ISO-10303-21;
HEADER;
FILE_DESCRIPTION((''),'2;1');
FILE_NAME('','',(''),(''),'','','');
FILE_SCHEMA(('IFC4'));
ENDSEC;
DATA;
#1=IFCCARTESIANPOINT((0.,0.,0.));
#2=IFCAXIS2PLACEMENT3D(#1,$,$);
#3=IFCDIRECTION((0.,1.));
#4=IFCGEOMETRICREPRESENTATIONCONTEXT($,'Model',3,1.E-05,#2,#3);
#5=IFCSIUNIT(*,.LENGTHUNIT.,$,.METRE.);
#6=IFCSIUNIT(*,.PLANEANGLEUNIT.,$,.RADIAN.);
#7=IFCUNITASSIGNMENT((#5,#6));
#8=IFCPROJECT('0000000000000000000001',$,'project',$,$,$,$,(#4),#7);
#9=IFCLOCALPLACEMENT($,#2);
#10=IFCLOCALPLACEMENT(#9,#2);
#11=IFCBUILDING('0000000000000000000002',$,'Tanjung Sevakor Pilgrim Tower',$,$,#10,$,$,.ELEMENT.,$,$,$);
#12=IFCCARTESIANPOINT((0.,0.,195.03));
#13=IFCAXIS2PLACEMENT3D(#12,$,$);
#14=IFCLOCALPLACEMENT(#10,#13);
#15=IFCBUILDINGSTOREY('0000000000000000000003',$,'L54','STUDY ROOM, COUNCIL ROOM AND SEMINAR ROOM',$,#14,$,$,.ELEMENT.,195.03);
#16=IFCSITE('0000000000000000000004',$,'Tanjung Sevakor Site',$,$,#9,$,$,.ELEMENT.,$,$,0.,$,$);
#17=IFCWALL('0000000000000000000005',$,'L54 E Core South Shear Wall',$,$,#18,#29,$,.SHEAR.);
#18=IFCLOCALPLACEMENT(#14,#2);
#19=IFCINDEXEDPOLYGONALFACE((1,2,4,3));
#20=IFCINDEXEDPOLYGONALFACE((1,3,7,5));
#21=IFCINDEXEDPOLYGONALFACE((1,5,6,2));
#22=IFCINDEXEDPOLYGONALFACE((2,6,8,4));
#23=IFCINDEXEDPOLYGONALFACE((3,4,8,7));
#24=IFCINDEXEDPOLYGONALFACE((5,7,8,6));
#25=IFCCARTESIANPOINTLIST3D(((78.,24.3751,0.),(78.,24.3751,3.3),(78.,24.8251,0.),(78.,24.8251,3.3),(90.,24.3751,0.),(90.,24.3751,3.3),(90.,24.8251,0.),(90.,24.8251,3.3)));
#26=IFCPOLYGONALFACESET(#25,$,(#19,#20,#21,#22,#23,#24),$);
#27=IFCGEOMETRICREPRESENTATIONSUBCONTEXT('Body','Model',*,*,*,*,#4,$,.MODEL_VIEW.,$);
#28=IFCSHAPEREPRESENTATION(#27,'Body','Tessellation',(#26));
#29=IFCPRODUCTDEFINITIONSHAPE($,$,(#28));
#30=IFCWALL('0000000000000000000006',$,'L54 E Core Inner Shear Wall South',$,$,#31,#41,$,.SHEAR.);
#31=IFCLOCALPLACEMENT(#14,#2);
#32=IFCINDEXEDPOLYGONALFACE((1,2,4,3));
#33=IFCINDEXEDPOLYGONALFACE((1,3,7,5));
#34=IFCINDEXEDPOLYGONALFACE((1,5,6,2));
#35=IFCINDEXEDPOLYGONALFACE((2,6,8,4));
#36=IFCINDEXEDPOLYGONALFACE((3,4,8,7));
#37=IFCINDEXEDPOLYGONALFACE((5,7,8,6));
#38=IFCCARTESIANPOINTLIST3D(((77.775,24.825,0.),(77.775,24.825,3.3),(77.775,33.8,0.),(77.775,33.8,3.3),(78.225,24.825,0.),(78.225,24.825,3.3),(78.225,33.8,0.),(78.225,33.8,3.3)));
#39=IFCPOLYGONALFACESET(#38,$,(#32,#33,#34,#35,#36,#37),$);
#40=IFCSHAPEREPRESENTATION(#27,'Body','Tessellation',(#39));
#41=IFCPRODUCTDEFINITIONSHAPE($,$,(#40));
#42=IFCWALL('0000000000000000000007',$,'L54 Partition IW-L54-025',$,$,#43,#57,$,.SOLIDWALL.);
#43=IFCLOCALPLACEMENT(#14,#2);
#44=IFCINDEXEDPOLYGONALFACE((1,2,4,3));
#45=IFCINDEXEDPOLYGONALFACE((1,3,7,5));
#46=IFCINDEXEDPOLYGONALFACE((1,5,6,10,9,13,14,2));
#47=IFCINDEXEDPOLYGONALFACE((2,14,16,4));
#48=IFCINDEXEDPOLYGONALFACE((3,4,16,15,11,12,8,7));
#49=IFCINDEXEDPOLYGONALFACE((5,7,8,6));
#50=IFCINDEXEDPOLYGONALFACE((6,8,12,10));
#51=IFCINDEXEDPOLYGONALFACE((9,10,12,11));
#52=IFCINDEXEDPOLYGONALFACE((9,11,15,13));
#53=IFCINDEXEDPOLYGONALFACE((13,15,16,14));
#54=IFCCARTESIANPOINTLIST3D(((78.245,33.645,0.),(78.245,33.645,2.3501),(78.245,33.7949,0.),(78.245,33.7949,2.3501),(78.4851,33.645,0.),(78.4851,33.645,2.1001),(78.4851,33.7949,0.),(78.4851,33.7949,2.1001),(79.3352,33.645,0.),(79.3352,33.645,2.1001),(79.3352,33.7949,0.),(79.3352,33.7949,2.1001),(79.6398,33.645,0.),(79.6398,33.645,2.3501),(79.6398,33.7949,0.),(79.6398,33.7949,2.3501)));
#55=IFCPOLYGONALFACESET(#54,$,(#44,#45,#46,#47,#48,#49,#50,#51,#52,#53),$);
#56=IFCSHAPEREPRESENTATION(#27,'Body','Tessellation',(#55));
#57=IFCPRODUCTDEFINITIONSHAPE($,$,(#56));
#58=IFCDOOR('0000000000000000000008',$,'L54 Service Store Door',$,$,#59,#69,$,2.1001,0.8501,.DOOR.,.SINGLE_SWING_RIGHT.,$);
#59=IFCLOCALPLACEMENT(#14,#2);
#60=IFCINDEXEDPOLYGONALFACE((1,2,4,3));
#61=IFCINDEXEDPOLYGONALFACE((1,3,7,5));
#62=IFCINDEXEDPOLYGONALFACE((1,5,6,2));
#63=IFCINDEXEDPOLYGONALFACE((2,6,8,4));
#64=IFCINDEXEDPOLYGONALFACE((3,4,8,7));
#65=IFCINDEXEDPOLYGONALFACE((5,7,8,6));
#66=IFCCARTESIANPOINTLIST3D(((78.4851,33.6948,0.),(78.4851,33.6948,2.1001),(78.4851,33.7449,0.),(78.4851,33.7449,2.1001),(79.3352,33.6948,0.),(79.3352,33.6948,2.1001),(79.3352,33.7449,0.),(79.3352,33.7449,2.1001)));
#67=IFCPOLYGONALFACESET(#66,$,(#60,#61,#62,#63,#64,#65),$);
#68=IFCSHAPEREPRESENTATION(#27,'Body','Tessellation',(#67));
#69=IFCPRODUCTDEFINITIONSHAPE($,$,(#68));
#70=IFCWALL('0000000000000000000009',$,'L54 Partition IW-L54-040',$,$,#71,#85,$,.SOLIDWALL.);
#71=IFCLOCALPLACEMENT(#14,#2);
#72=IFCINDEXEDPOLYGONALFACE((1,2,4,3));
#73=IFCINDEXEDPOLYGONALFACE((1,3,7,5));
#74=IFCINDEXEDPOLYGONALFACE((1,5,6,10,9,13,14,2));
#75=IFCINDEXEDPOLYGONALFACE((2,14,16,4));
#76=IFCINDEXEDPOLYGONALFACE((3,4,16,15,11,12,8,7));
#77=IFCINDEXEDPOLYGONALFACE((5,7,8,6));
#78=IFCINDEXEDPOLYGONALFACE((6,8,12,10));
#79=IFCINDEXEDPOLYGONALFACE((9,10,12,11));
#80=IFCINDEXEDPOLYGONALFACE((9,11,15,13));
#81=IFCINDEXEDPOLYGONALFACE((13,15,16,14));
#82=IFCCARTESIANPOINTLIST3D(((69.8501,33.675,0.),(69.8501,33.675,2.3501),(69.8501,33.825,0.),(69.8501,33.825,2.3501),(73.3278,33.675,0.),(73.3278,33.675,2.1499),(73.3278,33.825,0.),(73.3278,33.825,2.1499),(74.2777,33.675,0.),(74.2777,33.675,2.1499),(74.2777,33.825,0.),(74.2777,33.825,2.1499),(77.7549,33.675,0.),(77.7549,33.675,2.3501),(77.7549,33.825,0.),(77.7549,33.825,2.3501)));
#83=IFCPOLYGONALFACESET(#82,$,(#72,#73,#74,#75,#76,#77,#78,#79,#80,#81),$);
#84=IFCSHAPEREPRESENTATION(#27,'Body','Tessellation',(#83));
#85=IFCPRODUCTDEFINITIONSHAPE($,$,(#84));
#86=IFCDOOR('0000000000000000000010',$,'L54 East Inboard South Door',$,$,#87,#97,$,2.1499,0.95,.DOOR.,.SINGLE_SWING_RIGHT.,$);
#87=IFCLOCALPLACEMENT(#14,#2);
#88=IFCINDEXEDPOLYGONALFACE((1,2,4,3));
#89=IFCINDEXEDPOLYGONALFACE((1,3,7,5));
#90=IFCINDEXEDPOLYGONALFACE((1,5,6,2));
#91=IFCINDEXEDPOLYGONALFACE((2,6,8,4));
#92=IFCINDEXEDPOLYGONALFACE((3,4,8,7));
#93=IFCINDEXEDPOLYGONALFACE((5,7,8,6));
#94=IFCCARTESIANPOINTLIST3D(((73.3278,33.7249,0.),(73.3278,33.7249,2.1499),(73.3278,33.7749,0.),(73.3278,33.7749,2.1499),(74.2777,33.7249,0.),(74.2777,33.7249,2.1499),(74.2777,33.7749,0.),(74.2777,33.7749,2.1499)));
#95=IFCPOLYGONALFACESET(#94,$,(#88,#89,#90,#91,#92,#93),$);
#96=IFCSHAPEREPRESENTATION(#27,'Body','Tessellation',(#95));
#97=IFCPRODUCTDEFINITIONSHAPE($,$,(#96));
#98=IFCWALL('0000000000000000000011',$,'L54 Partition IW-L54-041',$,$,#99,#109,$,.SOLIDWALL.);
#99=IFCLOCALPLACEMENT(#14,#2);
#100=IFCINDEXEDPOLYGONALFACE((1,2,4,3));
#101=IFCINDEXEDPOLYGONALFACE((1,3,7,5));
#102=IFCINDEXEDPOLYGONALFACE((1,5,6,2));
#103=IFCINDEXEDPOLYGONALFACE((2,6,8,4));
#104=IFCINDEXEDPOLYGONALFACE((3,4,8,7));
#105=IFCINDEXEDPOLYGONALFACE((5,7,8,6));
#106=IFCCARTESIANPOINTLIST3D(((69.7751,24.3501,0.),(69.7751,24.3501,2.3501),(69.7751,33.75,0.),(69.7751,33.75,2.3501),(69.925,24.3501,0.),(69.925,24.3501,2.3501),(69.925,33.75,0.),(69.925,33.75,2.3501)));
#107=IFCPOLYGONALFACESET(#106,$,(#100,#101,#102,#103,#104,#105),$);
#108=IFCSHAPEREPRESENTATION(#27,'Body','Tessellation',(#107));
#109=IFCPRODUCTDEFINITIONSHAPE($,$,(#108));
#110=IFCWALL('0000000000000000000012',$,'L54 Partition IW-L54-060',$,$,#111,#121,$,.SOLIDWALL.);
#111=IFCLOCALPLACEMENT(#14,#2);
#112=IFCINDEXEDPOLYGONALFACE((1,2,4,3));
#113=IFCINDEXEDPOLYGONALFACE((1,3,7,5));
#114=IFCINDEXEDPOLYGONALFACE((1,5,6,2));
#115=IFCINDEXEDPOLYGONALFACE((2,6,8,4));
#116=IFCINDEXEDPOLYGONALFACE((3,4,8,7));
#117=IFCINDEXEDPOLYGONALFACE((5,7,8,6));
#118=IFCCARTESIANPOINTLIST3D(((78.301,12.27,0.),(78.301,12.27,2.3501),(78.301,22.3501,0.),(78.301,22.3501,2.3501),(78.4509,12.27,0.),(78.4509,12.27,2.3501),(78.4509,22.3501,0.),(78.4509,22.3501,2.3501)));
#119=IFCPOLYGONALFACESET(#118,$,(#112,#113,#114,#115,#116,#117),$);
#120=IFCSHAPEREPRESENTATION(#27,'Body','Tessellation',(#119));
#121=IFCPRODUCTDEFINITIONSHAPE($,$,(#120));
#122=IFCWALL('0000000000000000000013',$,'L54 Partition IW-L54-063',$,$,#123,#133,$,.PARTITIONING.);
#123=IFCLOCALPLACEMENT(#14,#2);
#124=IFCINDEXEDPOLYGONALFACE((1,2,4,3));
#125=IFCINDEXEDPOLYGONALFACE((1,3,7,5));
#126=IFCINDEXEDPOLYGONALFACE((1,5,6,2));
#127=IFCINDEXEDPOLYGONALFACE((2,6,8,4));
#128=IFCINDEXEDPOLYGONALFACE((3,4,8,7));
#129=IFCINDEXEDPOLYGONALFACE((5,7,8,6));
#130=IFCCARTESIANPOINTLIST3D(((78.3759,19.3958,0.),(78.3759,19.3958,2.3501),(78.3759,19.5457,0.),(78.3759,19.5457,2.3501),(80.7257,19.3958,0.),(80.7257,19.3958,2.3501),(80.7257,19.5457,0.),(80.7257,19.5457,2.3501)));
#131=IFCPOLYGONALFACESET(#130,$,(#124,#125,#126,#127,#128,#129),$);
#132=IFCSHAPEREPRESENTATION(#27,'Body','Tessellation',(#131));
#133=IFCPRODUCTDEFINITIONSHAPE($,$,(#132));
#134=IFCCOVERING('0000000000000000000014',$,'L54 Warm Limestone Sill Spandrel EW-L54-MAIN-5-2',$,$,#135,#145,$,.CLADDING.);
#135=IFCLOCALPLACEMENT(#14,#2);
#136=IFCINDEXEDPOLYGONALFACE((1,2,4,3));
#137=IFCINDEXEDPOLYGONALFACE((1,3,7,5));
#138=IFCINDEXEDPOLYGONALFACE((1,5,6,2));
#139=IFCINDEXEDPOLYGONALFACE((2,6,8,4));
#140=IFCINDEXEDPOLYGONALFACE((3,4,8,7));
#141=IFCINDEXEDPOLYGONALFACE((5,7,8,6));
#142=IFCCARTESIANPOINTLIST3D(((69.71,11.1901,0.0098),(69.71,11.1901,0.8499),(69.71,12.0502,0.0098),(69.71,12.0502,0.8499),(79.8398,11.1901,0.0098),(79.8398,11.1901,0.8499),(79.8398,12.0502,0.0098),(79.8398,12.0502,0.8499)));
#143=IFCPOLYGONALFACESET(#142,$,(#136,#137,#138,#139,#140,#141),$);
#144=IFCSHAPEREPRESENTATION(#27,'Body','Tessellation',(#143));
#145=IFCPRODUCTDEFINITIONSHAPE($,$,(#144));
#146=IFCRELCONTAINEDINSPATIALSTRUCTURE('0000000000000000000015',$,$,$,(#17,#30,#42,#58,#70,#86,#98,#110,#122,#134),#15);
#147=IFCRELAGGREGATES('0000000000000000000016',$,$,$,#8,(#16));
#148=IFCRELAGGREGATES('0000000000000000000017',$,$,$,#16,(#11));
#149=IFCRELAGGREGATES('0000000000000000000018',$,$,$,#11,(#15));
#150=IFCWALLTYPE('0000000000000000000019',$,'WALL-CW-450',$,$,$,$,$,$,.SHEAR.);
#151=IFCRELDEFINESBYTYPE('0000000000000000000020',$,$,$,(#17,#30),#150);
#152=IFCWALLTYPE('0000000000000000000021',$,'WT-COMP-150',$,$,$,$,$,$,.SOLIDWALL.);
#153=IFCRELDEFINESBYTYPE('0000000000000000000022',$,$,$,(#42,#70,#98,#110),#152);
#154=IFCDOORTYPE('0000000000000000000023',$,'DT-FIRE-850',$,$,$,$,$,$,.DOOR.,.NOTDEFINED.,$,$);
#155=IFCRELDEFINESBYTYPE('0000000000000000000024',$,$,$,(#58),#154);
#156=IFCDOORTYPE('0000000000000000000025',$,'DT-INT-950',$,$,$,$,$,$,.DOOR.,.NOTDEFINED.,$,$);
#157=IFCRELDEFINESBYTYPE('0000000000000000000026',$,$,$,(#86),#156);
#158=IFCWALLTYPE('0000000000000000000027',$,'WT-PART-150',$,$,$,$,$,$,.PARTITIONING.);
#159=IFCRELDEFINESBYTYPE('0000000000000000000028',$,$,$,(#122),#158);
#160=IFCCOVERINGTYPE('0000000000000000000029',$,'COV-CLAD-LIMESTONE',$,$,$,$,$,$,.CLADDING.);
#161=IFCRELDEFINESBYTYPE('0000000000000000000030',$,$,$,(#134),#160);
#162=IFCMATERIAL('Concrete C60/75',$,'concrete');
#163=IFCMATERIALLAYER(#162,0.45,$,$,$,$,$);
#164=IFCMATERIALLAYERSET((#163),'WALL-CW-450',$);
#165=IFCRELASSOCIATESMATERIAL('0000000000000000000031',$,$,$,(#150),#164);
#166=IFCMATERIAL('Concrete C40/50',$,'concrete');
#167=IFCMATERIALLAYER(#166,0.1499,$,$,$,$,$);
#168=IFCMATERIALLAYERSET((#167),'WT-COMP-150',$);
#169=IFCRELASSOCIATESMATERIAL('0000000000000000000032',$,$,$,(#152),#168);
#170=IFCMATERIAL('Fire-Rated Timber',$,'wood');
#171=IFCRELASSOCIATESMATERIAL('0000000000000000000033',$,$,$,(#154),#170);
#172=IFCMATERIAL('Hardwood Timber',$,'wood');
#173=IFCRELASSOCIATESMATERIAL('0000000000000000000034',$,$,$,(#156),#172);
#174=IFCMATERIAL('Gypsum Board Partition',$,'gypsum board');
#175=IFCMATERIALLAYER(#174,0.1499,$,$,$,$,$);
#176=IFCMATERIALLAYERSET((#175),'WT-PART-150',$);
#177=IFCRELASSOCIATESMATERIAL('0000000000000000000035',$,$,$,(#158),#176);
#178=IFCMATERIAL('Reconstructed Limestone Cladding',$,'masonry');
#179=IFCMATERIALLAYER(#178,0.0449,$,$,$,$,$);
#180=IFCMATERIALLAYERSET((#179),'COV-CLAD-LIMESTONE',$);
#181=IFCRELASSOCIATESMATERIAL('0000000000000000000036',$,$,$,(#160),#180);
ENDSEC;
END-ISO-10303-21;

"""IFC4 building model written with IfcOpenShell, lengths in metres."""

from ifc_helpers import new_model, si_unit, direction, frame, frame_2d, origin, origin_2d, place, context, subcontext, project, spatial, rectangle, extrude, material, layer, layer_set, type_object, element, fill, save


model = new_model("IFC4")

# Units and contexts
model_context = context("Model", 3, precision=1e-05, world=origin(), true_north=direction((0.0, 1.0)))
body_context = subcontext(model_context, "Body", "Model", "MODEL_VIEW")
ifc_project = project(units=[si_unit("LENGTHUNIT", "METRE"), si_unit("PLANEANGLEUNIT", "RADIAN")], contexts=[model_context])

# Site, building, storey
site_placement = place(None, origin())
site = spatial("IfcSite", under=ifc_project, at=site_placement, Name="Tanjung Sevakor Site", CompositionType="ELEMENT", RefElevation=0.0)
building_placement = place(site_placement, origin())
building = spatial("IfcBuilding", under=site, at=building_placement, Name="Tanjung Sevakor Pilgrim Tower", CompositionType="ELEMENT")
storey_placement = place(building_placement, frame((0.0, 0.0, 195.03)))
storey = spatial("IfcBuildingStorey", under=building, at=storey_placement, Name="L54", Description="STUDY ROOM, COUNCIL ROOM AND SEMINAR ROOM", CompositionType="ELEMENT", Elevation=195.03)

# Walls
ifc_material_1 = material(Name="Concrete C60/75", Category="concrete")
ifc_layer_1 = layer(ifc_material_1, 0.45)
ifc_layer_set_1 = layer_set([ifc_layer_1], Name="WALL-CW-450")
wall_type_1 = type_object("IfcWallType", Name="WALL-CW-450", PredefinedType="SHEAR", material=ifc_layer_set_1)
wall_1_placement = place(storey_placement, frame((78.0, 24.6001, 0.0), z_axis=(0.0, 0.0, 1.0), x_axis=(1.0, 0.0, 0.0)))
element("IfcWall", 1, at=wall_1_placement, inside=storey, type_object=wall_type_1, Name="L54 E Core South Shear Wall", PredefinedType="SHEAR", context=body_context, shape_type="SweptSolid", body=[
    extrude(rectangle(XDim=12.0, YDim=0.45, at=frame_2d((6.0, 0.0))), origin(), (0.0, 0.0, 1.0), 3.3),
])
wall_2_placement = place(storey_placement, frame((78.0, 24.825, 0.0), z_axis=(0.0, 0.0, 1.0), x_axis=(0.0, 1.0, 0.0)))
element("IfcWall", 2, at=wall_2_placement, inside=storey, type_object=wall_type_1, Name="L54 E Core Inner Shear Wall South", PredefinedType="SHEAR", context=body_context, shape_type="SweptSolid", body=[
    extrude(rectangle(XDim=8.9751, YDim=0.45, at=frame_2d((4.4875, 0.0))), origin(), (0.0, 0.0, 1.0), 3.3),
])

# Walls, openings, doors
ifc_material_2 = material(Name="Concrete C40/50", Category="concrete")
ifc_layer_2 = layer(ifc_material_2, 0.1499)
ifc_layer_set_2 = layer_set([ifc_layer_2], Name="WT-COMP-150")
wall_type_2 = type_object("IfcWallType", Name="WT-COMP-150", PredefinedType="SOLIDWALL", material=ifc_layer_set_2)
wall_3_placement = place(storey_placement, frame((78.2451, 33.72, 0.0), z_axis=(0.0, 0.0, 1.0), x_axis=(1.0, 0.0, 0.0)))
wall_3 = element("IfcWall", 3, at=wall_3_placement, inside=storey, type_object=wall_type_2, Name="L54 Partition IW-L54-025", PredefinedType="SOLIDWALL", context=body_context, shape_type="SweptSolid", body=[
    extrude(rectangle(XDim=1.3948, YDim=0.1499, at=frame_2d((0.6973, 0.0))), origin(), (0.0, 0.0, 1.0), 2.3501),
])
opening_1_placement = place(wall_3_placement, frame((0.24, 0.0, 0.0)))
opening_1 = element("IfcOpeningElement", 4, at=opening_1_placement, cuts=wall_3, PredefinedType="OPENING", context=body_context, shape_type="SweptSolid", body=[
    extrude(rectangle(XDim=0.8501, YDim=2.1001, at=frame_2d((0.425, 1.05))), frame((0.0, 0.085, 0.0), z_axis=(0.0, -1.0, 0.0), x_axis=(1.0, 0.0, 0.0)), (0.0, 0.0, 1.0), 0.1699),
])
ifc_material_3 = material(Name="Fire-Rated Timber", Category="wood")
door_type_1 = type_object("IfcDoorType", Name="DT-FIRE-850", OperationType="NOTDEFINED", PredefinedType="DOOR", material=ifc_material_3)
door_1_placement = place(opening_1_placement, origin())
door_1 = element("IfcDoor", 5, at=door_1_placement, inside=storey, type_object=door_type_1, Name="L54 Service Store Door", OperationType="SINGLE_SWING_RIGHT", OverallHeight=2.1001, OverallWidth=0.8501, PredefinedType="DOOR", context=body_context, shape_type="SweptSolid", body=[
    extrude(rectangle(XDim=0.8501, YDim=2.1001, at=frame_2d((0.425, 1.05))), frame((0.0, 0.0249, 0.0), z_axis=(0.0, -1.0, 0.0), x_axis=(1.0, 0.0, 0.0)), (0.0, 0.0, 1.0), 0.05),
])
fill(opening_1, door_1)
wall_4_placement = place(storey_placement, frame((69.8501, 33.75, 0.0), z_axis=(0.0, 0.0, 1.0), x_axis=(1.0, 0.0, 0.0)))
wall_4 = element("IfcWall", 6, at=wall_4_placement, inside=storey, type_object=wall_type_2, Name="L54 Partition IW-L54-040", PredefinedType="SOLIDWALL", context=body_context, shape_type="SweptSolid", body=[
    extrude(rectangle(XDim=7.9048, YDim=0.1499, at=frame_2d((3.9524, 0.0))), origin(), (0.0, 0.0, 1.0), 2.3501),
])
opening_2_placement = place(wall_4_placement, frame((3.4775, 0.0, 0.0)))
opening_2 = element("IfcOpeningElement", 7, at=opening_2_placement, cuts=wall_4, PredefinedType="OPENING", context=body_context, shape_type="SweptSolid", body=[
    extrude(rectangle(XDim=0.95, YDim=2.1499, at=frame_2d((0.4751, 1.075))), frame((0.0, 0.085, 0.0), z_axis=(0.0, -1.0, 0.0), x_axis=(1.0, 0.0, 0.0)), (0.0, 0.0, 1.0), 0.1699),
])
ifc_material_4 = material(Name="Hardwood Timber", Category="wood")
door_type_2 = type_object("IfcDoorType", Name="DT-INT-950", OperationType="NOTDEFINED", PredefinedType="DOOR", material=ifc_material_4)
door_2_placement = place(opening_2_placement, origin())
door_2 = element("IfcDoor", 8, at=door_2_placement, inside=storey, type_object=door_type_2, Name="L54 East Inboard South Door", OperationType="SINGLE_SWING_RIGHT", OverallHeight=2.1499, OverallWidth=0.95, PredefinedType="DOOR", context=body_context, shape_type="SweptSolid", body=[
    extrude(rectangle(XDim=0.95, YDim=2.1499, at=frame_2d((0.4751, 1.075))), frame((0.0, 0.0249, 0.0), z_axis=(0.0, -1.0, 0.0), x_axis=(1.0, 0.0, 0.0)), (0.0, 0.0, 1.0), 0.05),
])
fill(opening_2, door_2)

# Walls
wall_5_placement = place(storey_placement, frame((69.8501, 24.3501, 0.0), z_axis=(0.0, 0.0, 1.0), x_axis=(0.0, 1.0, 0.0)))
element("IfcWall", 9, at=wall_5_placement, inside=storey, type_object=wall_type_2, Name="L54 Partition IW-L54-041", PredefinedType="SOLIDWALL", context=body_context, shape_type="SweptSolid", body=[
    extrude(rectangle(XDim=9.3999, YDim=0.1499, at=frame_2d((4.7, 0.0))), origin(), (0.0, 0.0, 1.0), 2.3501),
])
wall_6_placement = place(storey_placement, frame((78.376, 12.27, 0.0), z_axis=(0.0, 0.0, 1.0), x_axis=(0.0, 1.0, 0.0)))
element("IfcWall", 10, at=wall_6_placement, inside=storey, type_object=wall_type_2, Name="L54 Partition IW-L54-060", PredefinedType="SOLIDWALL", context=body_context, shape_type="SweptSolid", body=[
    extrude(rectangle(XDim=10.0801, YDim=0.1499, at=frame_2d((5.04, 0.0))), origin(), (0.0, 0.0, 1.0), 2.3501),
])

# Wall
ifc_material_5 = material(Name="Gypsum Board Partition", Category="gypsum board")
ifc_layer_3 = layer(ifc_material_5, 0.1499)
ifc_layer_set_3 = layer_set([ifc_layer_3], Name="WT-PART-150")
wall_type_3 = type_object("IfcWallType", Name="WT-PART-150", PredefinedType="PARTITIONING", material=ifc_layer_set_3)
wall_7_placement = place(storey_placement, frame((78.376, 19.4707, 0.0), z_axis=(0.0, 0.0, 1.0), x_axis=(1.0, 0.0, 0.0)))
element("IfcWall", 11, at=wall_7_placement, inside=storey, type_object=wall_type_3, Name="L54 Partition IW-L54-063", PredefinedType="PARTITIONING", context=body_context, shape_type="SweptSolid", body=[
    extrude(rectangle(XDim=2.3499, YDim=0.1499, at=frame_2d((1.1748, 0.0))), origin(), (0.0, 0.0, 1.0), 2.3501),
])

# Covering
ifc_material_6 = material(Name="Reconstructed Limestone Cladding", Category="masonry")
ifc_layer_4 = layer(ifc_material_6, 0.0449)
ifc_layer_set_4 = layer_set([ifc_layer_4], Name="COV-CLAD-LIMESTONE")
covering_type = type_object("IfcCoveringType", Name="COV-CLAD-LIMESTONE", PredefinedType="CLADDING", material=ifc_layer_set_4)
covering_placement = place(storey_placement, frame((74.7749, 11.6201, 0.0098), z_axis=(0.0, 0.0, 1.0), x_axis=(1.0, 0.0, 0.0)))
element("IfcCovering", 12, at=covering_placement, inside=storey, type_object=covering_type, Name="L54 Warm Limestone Sill Spandrel EW-L54-MAIN-5-2", PredefinedType="CLADDING", context=body_context, shape_type="SweptSolid", body=[
    extrude(rectangle(XDim=10.1299, YDim=0.8601, at=origin_2d()), origin(), (0.0, 0.0, 1.0), 0.8401),
])

save(model, "model.ifc")
